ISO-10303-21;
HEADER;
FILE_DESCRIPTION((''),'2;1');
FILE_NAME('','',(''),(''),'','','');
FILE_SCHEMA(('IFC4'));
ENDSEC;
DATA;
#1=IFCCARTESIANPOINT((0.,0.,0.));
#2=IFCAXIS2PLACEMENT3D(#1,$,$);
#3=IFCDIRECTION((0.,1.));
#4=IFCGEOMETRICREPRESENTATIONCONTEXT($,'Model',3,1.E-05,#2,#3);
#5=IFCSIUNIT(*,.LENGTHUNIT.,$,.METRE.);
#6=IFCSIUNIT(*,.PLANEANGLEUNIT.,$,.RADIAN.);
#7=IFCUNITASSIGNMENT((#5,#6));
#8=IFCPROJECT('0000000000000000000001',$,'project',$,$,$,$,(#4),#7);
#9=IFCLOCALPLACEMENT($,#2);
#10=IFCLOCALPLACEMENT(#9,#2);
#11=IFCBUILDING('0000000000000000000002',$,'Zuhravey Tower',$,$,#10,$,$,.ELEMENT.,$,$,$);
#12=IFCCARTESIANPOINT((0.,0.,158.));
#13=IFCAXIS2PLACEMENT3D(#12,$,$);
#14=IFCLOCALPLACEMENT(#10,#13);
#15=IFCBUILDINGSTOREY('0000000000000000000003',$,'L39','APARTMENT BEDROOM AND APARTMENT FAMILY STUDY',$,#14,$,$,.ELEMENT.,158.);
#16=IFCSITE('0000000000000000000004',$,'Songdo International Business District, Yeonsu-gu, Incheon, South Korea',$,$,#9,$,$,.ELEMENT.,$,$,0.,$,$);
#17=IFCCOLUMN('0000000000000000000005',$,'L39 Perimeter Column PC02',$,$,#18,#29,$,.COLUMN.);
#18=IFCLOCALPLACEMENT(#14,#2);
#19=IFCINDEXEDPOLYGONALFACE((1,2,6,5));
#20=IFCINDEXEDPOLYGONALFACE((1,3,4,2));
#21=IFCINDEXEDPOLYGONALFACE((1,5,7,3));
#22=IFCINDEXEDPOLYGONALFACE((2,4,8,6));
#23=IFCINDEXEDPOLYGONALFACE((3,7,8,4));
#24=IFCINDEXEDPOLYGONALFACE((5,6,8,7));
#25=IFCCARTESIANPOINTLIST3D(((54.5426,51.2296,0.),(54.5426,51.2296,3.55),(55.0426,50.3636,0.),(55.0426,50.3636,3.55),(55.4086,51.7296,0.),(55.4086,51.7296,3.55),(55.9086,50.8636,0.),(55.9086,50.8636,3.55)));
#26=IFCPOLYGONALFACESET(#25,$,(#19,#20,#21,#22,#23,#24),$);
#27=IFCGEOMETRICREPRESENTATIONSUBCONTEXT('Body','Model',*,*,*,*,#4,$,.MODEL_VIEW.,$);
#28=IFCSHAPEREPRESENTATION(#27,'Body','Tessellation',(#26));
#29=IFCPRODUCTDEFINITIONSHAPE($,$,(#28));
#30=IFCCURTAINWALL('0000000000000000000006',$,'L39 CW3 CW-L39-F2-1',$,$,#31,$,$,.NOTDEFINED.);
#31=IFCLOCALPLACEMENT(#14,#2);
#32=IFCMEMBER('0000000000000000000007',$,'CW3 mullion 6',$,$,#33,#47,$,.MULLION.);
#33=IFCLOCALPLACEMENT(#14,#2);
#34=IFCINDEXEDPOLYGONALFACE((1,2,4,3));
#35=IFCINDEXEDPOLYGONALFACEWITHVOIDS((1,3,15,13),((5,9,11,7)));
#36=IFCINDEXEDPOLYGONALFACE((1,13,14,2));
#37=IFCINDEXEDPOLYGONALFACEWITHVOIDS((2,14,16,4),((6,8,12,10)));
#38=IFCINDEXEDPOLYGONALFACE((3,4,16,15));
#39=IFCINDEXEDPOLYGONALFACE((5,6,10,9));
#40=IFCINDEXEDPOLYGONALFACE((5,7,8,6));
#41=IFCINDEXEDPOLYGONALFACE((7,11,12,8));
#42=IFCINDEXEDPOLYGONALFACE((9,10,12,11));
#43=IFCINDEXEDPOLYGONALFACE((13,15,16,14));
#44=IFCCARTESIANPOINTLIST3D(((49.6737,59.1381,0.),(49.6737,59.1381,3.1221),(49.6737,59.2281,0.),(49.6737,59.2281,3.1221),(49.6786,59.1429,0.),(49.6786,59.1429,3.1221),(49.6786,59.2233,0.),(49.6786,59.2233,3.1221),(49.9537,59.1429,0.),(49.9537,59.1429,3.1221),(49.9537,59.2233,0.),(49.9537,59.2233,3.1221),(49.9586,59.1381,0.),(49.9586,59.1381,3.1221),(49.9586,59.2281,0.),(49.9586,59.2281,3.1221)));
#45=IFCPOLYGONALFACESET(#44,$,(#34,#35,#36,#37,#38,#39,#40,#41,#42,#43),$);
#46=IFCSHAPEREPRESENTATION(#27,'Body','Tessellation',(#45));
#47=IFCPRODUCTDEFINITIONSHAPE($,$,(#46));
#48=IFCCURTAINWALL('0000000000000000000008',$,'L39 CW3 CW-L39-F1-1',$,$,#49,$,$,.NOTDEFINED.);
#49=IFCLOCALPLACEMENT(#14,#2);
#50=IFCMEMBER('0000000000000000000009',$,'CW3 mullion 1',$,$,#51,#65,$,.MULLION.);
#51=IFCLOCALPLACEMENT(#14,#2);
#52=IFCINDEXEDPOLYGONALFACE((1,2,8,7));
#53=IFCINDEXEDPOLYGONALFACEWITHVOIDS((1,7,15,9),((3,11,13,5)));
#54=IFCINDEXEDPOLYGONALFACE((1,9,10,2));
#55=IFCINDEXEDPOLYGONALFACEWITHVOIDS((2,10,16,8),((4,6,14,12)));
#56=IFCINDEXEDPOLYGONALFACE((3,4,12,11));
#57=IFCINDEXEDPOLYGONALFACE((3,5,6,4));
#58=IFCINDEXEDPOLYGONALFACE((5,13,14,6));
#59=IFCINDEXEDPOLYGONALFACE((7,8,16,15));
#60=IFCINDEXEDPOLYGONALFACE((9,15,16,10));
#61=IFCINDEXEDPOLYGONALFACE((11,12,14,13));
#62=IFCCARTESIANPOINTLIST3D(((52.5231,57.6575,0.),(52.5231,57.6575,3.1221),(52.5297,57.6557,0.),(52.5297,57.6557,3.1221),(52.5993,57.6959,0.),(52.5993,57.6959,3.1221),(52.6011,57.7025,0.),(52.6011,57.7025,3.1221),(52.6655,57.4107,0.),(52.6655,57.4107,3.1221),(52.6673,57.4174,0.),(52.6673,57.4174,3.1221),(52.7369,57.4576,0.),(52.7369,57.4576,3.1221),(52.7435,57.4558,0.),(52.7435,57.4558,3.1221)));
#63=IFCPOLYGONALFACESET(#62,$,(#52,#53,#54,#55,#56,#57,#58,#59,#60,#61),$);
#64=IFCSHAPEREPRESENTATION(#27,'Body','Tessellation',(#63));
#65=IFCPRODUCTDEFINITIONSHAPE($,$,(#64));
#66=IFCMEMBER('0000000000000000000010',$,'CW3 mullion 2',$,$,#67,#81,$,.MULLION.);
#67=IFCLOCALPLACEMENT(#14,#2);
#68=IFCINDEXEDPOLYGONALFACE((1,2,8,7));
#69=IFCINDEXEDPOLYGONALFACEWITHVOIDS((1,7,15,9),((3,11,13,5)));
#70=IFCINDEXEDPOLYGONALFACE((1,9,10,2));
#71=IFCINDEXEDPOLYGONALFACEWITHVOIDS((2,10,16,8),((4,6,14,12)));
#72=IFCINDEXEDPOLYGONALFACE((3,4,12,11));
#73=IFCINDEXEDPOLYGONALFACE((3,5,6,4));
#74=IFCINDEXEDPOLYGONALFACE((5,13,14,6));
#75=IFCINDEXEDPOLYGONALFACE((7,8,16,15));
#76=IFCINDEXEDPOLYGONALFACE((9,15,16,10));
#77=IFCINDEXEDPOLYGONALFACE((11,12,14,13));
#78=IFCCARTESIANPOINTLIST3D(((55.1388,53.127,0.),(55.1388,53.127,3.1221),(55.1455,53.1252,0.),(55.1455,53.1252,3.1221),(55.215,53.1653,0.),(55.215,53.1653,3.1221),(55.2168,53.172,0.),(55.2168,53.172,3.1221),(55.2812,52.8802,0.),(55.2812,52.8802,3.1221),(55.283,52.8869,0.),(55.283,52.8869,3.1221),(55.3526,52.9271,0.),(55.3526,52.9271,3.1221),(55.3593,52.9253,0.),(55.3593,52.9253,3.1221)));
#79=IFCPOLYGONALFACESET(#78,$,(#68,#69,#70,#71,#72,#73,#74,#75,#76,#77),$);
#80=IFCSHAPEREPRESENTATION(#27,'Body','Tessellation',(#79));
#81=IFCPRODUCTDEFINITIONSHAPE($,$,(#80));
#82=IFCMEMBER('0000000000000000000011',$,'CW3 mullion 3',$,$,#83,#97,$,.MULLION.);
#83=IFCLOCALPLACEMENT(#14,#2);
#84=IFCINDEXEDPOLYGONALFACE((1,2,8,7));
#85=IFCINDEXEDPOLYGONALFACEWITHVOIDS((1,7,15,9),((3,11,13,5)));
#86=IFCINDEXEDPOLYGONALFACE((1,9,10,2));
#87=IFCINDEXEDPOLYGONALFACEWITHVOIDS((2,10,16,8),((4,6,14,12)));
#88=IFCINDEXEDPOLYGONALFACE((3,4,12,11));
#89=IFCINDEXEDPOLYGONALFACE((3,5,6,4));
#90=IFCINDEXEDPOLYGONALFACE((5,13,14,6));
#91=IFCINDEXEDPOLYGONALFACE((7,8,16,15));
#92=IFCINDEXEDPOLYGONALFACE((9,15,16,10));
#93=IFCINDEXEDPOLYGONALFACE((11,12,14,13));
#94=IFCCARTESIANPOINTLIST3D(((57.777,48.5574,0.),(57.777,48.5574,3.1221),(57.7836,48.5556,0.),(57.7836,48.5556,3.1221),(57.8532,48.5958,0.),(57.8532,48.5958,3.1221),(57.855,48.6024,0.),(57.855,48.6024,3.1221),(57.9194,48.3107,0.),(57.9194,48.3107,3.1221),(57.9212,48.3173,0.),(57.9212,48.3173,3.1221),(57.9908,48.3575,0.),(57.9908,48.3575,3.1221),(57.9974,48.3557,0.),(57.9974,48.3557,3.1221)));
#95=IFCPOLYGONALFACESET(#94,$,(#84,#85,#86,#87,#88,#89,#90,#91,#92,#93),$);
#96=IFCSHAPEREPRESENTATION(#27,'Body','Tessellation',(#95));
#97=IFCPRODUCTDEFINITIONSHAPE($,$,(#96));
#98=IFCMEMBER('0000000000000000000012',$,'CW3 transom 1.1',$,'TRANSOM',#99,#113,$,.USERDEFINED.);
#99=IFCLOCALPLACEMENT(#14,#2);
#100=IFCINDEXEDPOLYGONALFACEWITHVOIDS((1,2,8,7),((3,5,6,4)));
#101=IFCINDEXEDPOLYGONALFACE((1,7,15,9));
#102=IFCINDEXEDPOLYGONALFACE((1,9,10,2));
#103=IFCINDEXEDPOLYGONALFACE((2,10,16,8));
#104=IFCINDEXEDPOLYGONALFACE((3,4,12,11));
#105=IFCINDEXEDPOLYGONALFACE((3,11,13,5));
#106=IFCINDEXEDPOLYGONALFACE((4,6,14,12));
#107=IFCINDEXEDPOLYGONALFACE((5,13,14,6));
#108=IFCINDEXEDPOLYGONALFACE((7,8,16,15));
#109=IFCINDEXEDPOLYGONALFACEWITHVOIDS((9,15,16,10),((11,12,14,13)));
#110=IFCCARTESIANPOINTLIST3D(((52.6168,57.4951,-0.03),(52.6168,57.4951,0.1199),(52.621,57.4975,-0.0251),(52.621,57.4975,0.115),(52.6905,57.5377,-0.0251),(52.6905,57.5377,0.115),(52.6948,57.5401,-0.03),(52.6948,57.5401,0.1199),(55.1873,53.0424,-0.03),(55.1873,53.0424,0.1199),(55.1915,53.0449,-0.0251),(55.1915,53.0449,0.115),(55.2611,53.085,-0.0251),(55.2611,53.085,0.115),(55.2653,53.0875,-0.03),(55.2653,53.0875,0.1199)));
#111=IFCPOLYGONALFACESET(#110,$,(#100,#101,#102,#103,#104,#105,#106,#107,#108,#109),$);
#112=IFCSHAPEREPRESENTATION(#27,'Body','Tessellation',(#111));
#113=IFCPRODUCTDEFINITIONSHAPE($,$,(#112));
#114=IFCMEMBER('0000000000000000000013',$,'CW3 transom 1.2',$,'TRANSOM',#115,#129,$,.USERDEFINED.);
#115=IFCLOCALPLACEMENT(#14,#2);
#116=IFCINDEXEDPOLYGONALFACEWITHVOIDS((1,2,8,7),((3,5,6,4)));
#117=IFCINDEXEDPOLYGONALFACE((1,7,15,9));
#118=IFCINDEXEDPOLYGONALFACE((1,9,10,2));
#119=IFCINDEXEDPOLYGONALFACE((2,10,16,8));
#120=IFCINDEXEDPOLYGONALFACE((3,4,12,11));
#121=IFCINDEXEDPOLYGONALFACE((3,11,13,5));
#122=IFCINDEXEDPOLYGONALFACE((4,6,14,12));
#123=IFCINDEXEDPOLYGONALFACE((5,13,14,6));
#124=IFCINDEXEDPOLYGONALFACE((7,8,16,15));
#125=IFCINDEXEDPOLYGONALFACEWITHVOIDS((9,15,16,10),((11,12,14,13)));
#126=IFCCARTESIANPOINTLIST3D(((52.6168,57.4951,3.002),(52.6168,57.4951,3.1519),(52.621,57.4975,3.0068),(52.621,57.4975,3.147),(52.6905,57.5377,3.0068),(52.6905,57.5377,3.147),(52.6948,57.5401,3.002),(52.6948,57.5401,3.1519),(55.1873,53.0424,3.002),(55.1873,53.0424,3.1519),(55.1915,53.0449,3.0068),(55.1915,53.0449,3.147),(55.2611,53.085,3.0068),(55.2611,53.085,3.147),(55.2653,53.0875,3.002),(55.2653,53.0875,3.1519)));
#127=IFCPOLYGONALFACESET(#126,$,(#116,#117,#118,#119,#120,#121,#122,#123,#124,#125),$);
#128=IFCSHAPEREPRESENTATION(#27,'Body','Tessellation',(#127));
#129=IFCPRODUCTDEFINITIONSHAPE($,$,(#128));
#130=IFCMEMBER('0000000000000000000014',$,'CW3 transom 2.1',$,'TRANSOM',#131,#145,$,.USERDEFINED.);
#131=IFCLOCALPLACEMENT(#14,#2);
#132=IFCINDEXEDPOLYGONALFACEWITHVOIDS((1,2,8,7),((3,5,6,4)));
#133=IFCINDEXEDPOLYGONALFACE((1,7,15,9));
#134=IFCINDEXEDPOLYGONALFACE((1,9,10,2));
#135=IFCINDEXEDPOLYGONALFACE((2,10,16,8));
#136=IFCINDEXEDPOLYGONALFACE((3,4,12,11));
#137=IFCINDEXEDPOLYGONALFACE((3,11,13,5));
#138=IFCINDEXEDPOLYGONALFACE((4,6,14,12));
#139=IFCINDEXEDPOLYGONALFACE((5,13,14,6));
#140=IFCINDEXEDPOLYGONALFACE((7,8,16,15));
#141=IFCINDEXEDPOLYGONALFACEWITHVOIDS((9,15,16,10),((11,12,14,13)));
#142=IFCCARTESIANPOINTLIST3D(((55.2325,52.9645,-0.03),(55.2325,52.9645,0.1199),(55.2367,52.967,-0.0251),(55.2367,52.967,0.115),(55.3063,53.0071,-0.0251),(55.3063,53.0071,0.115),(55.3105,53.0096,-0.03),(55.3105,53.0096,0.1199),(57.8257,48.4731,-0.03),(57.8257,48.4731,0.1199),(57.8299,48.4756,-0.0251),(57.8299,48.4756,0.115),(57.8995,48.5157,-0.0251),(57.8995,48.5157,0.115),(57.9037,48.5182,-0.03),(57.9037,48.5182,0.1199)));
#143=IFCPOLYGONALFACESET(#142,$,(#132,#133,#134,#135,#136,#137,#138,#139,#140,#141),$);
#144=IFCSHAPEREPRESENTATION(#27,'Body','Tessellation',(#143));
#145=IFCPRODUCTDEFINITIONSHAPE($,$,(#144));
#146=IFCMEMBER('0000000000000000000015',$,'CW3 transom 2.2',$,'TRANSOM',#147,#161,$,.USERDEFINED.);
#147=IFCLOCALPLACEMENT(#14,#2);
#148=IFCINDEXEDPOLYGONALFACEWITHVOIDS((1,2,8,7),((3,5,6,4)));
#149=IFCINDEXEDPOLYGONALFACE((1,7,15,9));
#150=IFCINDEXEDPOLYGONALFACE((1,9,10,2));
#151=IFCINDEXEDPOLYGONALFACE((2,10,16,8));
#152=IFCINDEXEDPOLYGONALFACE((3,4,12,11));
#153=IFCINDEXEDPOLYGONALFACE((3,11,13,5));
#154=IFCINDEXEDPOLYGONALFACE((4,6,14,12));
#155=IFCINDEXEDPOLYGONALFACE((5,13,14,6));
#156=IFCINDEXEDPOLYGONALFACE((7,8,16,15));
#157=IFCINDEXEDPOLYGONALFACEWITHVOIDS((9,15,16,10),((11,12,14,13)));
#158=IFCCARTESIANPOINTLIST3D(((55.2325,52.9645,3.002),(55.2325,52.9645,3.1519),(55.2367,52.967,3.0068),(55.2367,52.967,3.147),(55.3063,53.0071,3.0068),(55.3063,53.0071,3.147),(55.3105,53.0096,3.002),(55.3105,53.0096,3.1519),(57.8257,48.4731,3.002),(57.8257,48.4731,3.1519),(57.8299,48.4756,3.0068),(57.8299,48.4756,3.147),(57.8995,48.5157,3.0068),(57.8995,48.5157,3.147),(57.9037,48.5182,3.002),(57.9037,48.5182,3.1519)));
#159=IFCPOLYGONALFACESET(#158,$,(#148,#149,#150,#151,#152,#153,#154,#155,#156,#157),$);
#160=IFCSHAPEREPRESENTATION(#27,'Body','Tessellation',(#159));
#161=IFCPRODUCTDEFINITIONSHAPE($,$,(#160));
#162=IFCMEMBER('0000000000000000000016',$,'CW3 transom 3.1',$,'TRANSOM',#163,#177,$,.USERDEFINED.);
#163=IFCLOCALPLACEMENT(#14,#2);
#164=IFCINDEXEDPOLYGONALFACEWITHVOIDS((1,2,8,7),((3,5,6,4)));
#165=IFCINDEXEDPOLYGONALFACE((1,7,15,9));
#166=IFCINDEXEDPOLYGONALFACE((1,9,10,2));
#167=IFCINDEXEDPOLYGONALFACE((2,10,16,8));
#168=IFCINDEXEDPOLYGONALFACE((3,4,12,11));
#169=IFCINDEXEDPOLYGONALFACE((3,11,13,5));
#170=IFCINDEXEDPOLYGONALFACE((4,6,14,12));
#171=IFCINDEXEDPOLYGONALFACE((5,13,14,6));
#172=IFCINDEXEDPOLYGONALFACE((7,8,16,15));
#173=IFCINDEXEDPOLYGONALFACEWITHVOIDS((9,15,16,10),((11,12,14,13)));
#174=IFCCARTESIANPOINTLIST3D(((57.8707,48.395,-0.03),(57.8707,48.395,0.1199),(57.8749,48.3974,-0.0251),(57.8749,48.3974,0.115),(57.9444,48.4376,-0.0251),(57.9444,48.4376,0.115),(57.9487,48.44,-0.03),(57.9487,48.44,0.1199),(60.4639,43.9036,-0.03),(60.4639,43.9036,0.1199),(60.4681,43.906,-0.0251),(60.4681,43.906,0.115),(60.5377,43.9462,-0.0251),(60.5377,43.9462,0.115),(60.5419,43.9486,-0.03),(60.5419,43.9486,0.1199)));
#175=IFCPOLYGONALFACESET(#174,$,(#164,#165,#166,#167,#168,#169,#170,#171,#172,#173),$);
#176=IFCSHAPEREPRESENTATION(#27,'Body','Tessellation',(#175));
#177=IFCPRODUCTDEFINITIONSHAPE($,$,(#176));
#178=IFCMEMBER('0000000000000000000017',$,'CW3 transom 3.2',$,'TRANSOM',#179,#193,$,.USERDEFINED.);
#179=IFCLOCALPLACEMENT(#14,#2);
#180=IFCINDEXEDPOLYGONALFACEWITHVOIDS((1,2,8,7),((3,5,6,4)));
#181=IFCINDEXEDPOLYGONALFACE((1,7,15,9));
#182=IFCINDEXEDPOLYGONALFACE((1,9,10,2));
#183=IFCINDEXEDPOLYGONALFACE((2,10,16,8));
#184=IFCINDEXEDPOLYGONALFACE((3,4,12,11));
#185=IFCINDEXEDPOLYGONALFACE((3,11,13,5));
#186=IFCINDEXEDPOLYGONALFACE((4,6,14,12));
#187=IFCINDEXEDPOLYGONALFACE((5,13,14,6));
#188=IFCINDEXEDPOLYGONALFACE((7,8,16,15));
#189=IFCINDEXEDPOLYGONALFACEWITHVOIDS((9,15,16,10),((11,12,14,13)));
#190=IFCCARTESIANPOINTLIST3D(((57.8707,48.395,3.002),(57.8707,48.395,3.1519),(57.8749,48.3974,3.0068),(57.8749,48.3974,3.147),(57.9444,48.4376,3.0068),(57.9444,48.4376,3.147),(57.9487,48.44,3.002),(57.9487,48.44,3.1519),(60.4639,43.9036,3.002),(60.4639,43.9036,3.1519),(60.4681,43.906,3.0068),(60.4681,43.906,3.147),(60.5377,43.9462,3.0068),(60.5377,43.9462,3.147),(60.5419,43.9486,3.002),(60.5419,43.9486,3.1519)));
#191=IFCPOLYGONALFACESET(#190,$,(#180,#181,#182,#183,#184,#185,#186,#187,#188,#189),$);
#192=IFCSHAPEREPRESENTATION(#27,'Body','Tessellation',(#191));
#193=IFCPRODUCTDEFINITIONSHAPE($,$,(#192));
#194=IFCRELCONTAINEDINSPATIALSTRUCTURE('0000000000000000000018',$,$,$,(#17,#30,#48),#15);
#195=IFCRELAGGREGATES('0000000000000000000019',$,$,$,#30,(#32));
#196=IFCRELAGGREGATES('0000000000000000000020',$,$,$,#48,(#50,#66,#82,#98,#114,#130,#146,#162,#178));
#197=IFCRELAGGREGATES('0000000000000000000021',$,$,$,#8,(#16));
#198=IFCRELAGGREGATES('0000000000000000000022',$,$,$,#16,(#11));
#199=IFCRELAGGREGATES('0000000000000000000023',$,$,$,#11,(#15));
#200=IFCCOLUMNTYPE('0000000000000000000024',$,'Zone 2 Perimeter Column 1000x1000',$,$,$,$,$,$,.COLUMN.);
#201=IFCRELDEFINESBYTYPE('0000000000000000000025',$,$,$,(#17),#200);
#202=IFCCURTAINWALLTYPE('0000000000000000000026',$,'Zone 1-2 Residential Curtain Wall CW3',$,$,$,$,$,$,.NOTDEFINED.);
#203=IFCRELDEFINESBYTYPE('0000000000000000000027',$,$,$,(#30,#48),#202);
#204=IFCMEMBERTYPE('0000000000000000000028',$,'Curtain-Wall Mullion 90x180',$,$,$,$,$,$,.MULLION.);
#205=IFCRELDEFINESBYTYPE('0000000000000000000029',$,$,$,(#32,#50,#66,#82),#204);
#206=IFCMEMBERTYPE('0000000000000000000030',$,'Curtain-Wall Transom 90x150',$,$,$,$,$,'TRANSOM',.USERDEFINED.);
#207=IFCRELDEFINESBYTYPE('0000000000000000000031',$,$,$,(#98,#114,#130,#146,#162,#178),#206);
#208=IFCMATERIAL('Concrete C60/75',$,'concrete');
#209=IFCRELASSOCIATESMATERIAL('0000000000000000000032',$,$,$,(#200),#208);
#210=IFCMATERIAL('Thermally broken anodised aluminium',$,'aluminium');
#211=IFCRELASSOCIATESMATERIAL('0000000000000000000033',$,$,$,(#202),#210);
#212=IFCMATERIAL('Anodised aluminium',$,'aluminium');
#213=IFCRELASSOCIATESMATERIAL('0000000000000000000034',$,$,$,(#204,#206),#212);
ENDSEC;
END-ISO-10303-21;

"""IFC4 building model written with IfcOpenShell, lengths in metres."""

from ifc_helpers import new_model, si_unit, direction, frame, origin, origin_2d, place, context, subcontext, project, spatial, rectangle, hollow_rectangle, extrude, material, material_profile, profile_set, type_object, element, aggregate, save


model = new_model("IFC4")

# Units and contexts
model_context = context("Model", 3, precision=1e-05, world=origin(), true_north=direction((0.0, 1.0)))
body_context = subcontext(model_context, "Body", "Model", "MODEL_VIEW")
ifc_project = project(units=[si_unit("LENGTHUNIT", "METRE"), si_unit("PLANEANGLEUNIT", "RADIAN")], contexts=[model_context])

# Site, building, storey
site_placement = place(None, origin())
site = spatial("IfcSite", under=ifc_project, at=site_placement, Name="Songdo International Business District, Yeonsu-gu, Incheon, South Korea", CompositionType="ELEMENT", RefElevation=0.0)
building_placement = place(site_placement, origin())
building = spatial("IfcBuilding", under=site, at=building_placement, Name="Zuhravey Tower", CompositionType="ELEMENT")
storey_placement = place(building_placement, frame((0.0, 0.0, 158.0)))
storey = spatial("IfcBuildingStorey", under=building, at=storey_placement, Name="L39", Description="APARTMENT BEDROOM AND APARTMENT FAMILY STUDY", CompositionType="ELEMENT", Elevation=158.0)

# Column
ifc_material_1 = material(Name="Concrete C60/75", Category="concrete")
ifc_material_profile_1 = material_profile(ifc_material_1, rectangle(XDim=1.0, YDim=1.0, at=origin_2d()), Name="RC-1000x1000")
ifc_profile_set_1 = profile_set([ifc_material_profile_1], Name="Concrete C60/75")
column_type = type_object("IfcColumnType", Name="Zone 2 Perimeter Column 1000x1000", PredefinedType="COLUMN", material=ifc_profile_set_1)
column_placement = place(storey_placement, frame((55.2256, 51.0466, 0.0), z_axis=(0.0, 0.0, 1.0), x_axis=(-0.5, 0.866025, 0.0)))
element("IfcColumn", 1, at=column_placement, inside=storey, type_object=column_type, Name="L39 Perimeter Column PC02", PredefinedType="COLUMN", context=body_context, shape_type="SweptSolid", body=[
    extrude(rectangle(XDim=1.0, YDim=1.0, at=origin_2d()), origin(), (0.0, 0.0, 1.0), 3.55),
])

# Curtain wall, member
ifc_material_2 = material(Name="Thermally broken anodised aluminium", Category="aluminium")
curtain_wall_type = type_object("IfcCurtainWallType", Name="Zone 1-2 Residential Curtain Wall CW3", PredefinedType="NOTDEFINED", material=ifc_material_2)
curtain_wall_1_placement = place(storey_placement, origin())
curtain_wall_1 = element("IfcCurtainWall", 2, at=curtain_wall_1_placement, inside=storey, type_object=curtain_wall_type, Name="L39 CW3 CW-L39-F2-1", PredefinedType="NOTDEFINED")
ifc_material_3 = material(Name="Anodised aluminium", Category="aluminium")
ifc_material_profile_2 = material_profile(ifc_material_3, hollow_rectangle(XDim=0.0901, YDim=0.2849, WallThickness=0.0049, at=origin_2d()), Name="ALU-RHS-90x285x5")
ifc_profile_set_2 = profile_set([ifc_material_profile_2], Name="Anodised aluminium")
member_type_1 = type_object("IfcMemberType", Name="Curtain-Wall Mullion 90x180", PredefinedType="MULLION", material=ifc_profile_set_2)
member_1_placement = place(storey_placement, frame((49.8162, 59.1831, 0.0), z_axis=(0.0, 0.0, 1.0), x_axis=(0.0, 1.0, 0.0)))
member_1 = element("IfcMember", 3, at=member_1_placement, type_object=member_type_1, Name="CW3 mullion 6", PredefinedType="MULLION", context=body_context, shape_type="SweptSolid", body=[
    extrude(hollow_rectangle(XDim=0.0901, YDim=0.2849, WallThickness=0.0049, at=origin_2d()), origin(), (0.0, 0.0, 1.0), 3.1221),
])
aggregate(curtain_wall_1, [member_1])

# Curtain wall, members
curtain_wall_2_placement = place(storey_placement, origin())
curtain_wall_2 = element("IfcCurtainWall", 4, at=curtain_wall_2_placement, inside=storey, type_object=curtain_wall_type, Name="L39 CW3 CW-L39-F1-1", PredefinedType="NOTDEFINED")
member_2_placement = place(storey_placement, frame((52.6333, 57.5566, 0.0), z_axis=(0.0, 0.0, 1.0), x_axis=(0.866025, 0.500001, 0.0)))
member_2 = element("IfcMember", 5, at=member_2_placement, type_object=member_type_1, Name="CW3 mullion 1", PredefinedType="MULLION", context=body_context, shape_type="SweptSolid", body=[
    extrude(hollow_rectangle(XDim=0.0901, YDim=0.2849, WallThickness=0.0049, at=origin_2d()), origin(), (0.0, 0.0, 1.0), 3.1221),
])
member_3_placement = place(storey_placement, frame((55.249, 53.0261, 0.0), z_axis=(0.0, 0.0, 1.0), x_axis=(0.866025, 0.500001, 0.0)))
member_3 = element("IfcMember", 6, at=member_3_placement, type_object=member_type_1, Name="CW3 mullion 2", PredefinedType="MULLION", context=body_context, shape_type="SweptSolid", body=[
    extrude(hollow_rectangle(XDim=0.0901, YDim=0.2849, WallThickness=0.0049, at=origin_2d()), origin(), (0.0, 0.0, 1.0), 3.1221),
])
member_4_placement = place(storey_placement, frame((57.8872, 48.4565, 0.0), z_axis=(0.0, 0.0, 1.0), x_axis=(0.866025, 0.500001, 0.0)))
member_4 = element("IfcMember", 7, at=member_4_placement, type_object=member_type_1, Name="CW3 mullion 3", PredefinedType="MULLION", context=body_context, shape_type="SweptSolid", body=[
    extrude(hollow_rectangle(XDim=0.0901, YDim=0.2849, WallThickness=0.0049, at=origin_2d()), origin(), (0.0, 0.0, 1.0), 3.1221),
])
ifc_material_profile_3 = material_profile(ifc_material_3, hollow_rectangle(XDim=0.0901, YDim=0.1499, WallThickness=0.0049, at=origin_2d()), Name="ALU-RHS-90x150x5")
ifc_profile_set_3 = profile_set([ifc_material_profile_3], Name="Anodised aluminium")
member_type_2 = type_object("IfcMemberType", Name="Curtain-Wall Transom 90x150", ElementType="TRANSOM", PredefinedType="USERDEFINED", material=ifc_profile_set_3)
member_5_placement = place(storey_placement, frame((52.6558, 57.5176, 0.0449), z_axis=(0.499975, -0.86604, 0.0), x_axis=(0.86604, 0.499975, 0.0)))
member_5 = element("IfcMember", 8, at=member_5_placement, type_object=member_type_2, Name="CW3 transom 1.1", ObjectType="TRANSOM", PredefinedType="USERDEFINED", context=body_context, shape_type="SweptSolid", body=[
    extrude(hollow_rectangle(XDim=0.0901, YDim=0.1499, WallThickness=0.0049, at=origin_2d()), origin(), (0.0, 0.0, 1.0), 5.1414),
])
member_6_placement = place(storey_placement, frame((52.6558, 57.5176, 3.0769), z_axis=(0.499975, -0.86604, 0.0), x_axis=(0.86604, 0.499975, 0.0)))
member_6 = element("IfcMember", 9, at=member_6_placement, type_object=member_type_2, Name="CW3 transom 1.2", ObjectType="TRANSOM", PredefinedType="USERDEFINED", context=body_context, shape_type="SweptSolid", body=[
    extrude(hollow_rectangle(XDim=0.0901, YDim=0.1499, WallThickness=0.0049, at=origin_2d()), origin(), (0.0, 0.0, 1.0), 5.1414),
])
member_7_placement = place(storey_placement, frame((55.2715, 52.9871, 0.0449), z_axis=(0.500017, -0.866015, 0.0), x_axis=(0.866015, 0.500017, 0.0)))
member_7 = element("IfcMember", 10, at=member_7_placement, type_object=member_type_2, Name="CW3 transom 2.1", ObjectType="TRANSOM", PredefinedType="USERDEFINED", context=body_context, shape_type="SweptSolid", body=[
    extrude(hollow_rectangle(XDim=0.0901, YDim=0.1499, WallThickness=0.0049, at=origin_2d()), origin(), (0.0, 0.0, 1.0), 5.1863),
])
member_8_placement = place(storey_placement, frame((55.2715, 52.9871, 3.0769), z_axis=(0.500017, -0.866015, 0.0), x_axis=(0.866015, 0.500017, 0.0)))
member_8 = element("IfcMember", 11, at=member_8_placement, type_object=member_type_2, Name="CW3 transom 2.2", ObjectType="TRANSOM", PredefinedType="USERDEFINED", context=body_context, shape_type="SweptSolid", body=[
    extrude(hollow_rectangle(XDim=0.0901, YDim=0.1499, WallThickness=0.0049, at=origin_2d()), origin(), (0.0, 0.0, 1.0), 5.1863),
])
member_9_placement = place(storey_placement, frame((57.9097, 48.4175, 0.0449), z_axis=(0.500017, -0.866015, 0.0), x_axis=(0.866015, 0.500017, 0.0)))
member_9 = element("IfcMember", 12, at=member_9_placement, type_object=member_type_2, Name="CW3 transom 3.1", ObjectType="TRANSOM", PredefinedType="USERDEFINED", context=body_context, shape_type="SweptSolid", body=[
    extrude(hollow_rectangle(XDim=0.0901, YDim=0.1499, WallThickness=0.0049, at=origin_2d()), origin(), (0.0, 0.0, 1.0), 5.1863),
])
member_10_placement = place(storey_placement, frame((57.9097, 48.4175, 3.0769), z_axis=(0.500017, -0.866015, 0.0), x_axis=(0.866015, 0.500017, 0.0)))
member_10 = element("IfcMember", 13, at=member_10_placement, type_object=member_type_2, Name="CW3 transom 3.2", ObjectType="TRANSOM", PredefinedType="USERDEFINED", context=body_context, shape_type="SweptSolid", body=[
    extrude(hollow_rectangle(XDim=0.0901, YDim=0.1499, WallThickness=0.0049, at=origin_2d()), origin(), (0.0, 0.0, 1.0), 5.1863),
])

aggregate(curtain_wall_2, [member_2, member_3, member_4, member_5, member_6, member_7, member_8, member_9, member_10])

save(model, "model.ifc")
